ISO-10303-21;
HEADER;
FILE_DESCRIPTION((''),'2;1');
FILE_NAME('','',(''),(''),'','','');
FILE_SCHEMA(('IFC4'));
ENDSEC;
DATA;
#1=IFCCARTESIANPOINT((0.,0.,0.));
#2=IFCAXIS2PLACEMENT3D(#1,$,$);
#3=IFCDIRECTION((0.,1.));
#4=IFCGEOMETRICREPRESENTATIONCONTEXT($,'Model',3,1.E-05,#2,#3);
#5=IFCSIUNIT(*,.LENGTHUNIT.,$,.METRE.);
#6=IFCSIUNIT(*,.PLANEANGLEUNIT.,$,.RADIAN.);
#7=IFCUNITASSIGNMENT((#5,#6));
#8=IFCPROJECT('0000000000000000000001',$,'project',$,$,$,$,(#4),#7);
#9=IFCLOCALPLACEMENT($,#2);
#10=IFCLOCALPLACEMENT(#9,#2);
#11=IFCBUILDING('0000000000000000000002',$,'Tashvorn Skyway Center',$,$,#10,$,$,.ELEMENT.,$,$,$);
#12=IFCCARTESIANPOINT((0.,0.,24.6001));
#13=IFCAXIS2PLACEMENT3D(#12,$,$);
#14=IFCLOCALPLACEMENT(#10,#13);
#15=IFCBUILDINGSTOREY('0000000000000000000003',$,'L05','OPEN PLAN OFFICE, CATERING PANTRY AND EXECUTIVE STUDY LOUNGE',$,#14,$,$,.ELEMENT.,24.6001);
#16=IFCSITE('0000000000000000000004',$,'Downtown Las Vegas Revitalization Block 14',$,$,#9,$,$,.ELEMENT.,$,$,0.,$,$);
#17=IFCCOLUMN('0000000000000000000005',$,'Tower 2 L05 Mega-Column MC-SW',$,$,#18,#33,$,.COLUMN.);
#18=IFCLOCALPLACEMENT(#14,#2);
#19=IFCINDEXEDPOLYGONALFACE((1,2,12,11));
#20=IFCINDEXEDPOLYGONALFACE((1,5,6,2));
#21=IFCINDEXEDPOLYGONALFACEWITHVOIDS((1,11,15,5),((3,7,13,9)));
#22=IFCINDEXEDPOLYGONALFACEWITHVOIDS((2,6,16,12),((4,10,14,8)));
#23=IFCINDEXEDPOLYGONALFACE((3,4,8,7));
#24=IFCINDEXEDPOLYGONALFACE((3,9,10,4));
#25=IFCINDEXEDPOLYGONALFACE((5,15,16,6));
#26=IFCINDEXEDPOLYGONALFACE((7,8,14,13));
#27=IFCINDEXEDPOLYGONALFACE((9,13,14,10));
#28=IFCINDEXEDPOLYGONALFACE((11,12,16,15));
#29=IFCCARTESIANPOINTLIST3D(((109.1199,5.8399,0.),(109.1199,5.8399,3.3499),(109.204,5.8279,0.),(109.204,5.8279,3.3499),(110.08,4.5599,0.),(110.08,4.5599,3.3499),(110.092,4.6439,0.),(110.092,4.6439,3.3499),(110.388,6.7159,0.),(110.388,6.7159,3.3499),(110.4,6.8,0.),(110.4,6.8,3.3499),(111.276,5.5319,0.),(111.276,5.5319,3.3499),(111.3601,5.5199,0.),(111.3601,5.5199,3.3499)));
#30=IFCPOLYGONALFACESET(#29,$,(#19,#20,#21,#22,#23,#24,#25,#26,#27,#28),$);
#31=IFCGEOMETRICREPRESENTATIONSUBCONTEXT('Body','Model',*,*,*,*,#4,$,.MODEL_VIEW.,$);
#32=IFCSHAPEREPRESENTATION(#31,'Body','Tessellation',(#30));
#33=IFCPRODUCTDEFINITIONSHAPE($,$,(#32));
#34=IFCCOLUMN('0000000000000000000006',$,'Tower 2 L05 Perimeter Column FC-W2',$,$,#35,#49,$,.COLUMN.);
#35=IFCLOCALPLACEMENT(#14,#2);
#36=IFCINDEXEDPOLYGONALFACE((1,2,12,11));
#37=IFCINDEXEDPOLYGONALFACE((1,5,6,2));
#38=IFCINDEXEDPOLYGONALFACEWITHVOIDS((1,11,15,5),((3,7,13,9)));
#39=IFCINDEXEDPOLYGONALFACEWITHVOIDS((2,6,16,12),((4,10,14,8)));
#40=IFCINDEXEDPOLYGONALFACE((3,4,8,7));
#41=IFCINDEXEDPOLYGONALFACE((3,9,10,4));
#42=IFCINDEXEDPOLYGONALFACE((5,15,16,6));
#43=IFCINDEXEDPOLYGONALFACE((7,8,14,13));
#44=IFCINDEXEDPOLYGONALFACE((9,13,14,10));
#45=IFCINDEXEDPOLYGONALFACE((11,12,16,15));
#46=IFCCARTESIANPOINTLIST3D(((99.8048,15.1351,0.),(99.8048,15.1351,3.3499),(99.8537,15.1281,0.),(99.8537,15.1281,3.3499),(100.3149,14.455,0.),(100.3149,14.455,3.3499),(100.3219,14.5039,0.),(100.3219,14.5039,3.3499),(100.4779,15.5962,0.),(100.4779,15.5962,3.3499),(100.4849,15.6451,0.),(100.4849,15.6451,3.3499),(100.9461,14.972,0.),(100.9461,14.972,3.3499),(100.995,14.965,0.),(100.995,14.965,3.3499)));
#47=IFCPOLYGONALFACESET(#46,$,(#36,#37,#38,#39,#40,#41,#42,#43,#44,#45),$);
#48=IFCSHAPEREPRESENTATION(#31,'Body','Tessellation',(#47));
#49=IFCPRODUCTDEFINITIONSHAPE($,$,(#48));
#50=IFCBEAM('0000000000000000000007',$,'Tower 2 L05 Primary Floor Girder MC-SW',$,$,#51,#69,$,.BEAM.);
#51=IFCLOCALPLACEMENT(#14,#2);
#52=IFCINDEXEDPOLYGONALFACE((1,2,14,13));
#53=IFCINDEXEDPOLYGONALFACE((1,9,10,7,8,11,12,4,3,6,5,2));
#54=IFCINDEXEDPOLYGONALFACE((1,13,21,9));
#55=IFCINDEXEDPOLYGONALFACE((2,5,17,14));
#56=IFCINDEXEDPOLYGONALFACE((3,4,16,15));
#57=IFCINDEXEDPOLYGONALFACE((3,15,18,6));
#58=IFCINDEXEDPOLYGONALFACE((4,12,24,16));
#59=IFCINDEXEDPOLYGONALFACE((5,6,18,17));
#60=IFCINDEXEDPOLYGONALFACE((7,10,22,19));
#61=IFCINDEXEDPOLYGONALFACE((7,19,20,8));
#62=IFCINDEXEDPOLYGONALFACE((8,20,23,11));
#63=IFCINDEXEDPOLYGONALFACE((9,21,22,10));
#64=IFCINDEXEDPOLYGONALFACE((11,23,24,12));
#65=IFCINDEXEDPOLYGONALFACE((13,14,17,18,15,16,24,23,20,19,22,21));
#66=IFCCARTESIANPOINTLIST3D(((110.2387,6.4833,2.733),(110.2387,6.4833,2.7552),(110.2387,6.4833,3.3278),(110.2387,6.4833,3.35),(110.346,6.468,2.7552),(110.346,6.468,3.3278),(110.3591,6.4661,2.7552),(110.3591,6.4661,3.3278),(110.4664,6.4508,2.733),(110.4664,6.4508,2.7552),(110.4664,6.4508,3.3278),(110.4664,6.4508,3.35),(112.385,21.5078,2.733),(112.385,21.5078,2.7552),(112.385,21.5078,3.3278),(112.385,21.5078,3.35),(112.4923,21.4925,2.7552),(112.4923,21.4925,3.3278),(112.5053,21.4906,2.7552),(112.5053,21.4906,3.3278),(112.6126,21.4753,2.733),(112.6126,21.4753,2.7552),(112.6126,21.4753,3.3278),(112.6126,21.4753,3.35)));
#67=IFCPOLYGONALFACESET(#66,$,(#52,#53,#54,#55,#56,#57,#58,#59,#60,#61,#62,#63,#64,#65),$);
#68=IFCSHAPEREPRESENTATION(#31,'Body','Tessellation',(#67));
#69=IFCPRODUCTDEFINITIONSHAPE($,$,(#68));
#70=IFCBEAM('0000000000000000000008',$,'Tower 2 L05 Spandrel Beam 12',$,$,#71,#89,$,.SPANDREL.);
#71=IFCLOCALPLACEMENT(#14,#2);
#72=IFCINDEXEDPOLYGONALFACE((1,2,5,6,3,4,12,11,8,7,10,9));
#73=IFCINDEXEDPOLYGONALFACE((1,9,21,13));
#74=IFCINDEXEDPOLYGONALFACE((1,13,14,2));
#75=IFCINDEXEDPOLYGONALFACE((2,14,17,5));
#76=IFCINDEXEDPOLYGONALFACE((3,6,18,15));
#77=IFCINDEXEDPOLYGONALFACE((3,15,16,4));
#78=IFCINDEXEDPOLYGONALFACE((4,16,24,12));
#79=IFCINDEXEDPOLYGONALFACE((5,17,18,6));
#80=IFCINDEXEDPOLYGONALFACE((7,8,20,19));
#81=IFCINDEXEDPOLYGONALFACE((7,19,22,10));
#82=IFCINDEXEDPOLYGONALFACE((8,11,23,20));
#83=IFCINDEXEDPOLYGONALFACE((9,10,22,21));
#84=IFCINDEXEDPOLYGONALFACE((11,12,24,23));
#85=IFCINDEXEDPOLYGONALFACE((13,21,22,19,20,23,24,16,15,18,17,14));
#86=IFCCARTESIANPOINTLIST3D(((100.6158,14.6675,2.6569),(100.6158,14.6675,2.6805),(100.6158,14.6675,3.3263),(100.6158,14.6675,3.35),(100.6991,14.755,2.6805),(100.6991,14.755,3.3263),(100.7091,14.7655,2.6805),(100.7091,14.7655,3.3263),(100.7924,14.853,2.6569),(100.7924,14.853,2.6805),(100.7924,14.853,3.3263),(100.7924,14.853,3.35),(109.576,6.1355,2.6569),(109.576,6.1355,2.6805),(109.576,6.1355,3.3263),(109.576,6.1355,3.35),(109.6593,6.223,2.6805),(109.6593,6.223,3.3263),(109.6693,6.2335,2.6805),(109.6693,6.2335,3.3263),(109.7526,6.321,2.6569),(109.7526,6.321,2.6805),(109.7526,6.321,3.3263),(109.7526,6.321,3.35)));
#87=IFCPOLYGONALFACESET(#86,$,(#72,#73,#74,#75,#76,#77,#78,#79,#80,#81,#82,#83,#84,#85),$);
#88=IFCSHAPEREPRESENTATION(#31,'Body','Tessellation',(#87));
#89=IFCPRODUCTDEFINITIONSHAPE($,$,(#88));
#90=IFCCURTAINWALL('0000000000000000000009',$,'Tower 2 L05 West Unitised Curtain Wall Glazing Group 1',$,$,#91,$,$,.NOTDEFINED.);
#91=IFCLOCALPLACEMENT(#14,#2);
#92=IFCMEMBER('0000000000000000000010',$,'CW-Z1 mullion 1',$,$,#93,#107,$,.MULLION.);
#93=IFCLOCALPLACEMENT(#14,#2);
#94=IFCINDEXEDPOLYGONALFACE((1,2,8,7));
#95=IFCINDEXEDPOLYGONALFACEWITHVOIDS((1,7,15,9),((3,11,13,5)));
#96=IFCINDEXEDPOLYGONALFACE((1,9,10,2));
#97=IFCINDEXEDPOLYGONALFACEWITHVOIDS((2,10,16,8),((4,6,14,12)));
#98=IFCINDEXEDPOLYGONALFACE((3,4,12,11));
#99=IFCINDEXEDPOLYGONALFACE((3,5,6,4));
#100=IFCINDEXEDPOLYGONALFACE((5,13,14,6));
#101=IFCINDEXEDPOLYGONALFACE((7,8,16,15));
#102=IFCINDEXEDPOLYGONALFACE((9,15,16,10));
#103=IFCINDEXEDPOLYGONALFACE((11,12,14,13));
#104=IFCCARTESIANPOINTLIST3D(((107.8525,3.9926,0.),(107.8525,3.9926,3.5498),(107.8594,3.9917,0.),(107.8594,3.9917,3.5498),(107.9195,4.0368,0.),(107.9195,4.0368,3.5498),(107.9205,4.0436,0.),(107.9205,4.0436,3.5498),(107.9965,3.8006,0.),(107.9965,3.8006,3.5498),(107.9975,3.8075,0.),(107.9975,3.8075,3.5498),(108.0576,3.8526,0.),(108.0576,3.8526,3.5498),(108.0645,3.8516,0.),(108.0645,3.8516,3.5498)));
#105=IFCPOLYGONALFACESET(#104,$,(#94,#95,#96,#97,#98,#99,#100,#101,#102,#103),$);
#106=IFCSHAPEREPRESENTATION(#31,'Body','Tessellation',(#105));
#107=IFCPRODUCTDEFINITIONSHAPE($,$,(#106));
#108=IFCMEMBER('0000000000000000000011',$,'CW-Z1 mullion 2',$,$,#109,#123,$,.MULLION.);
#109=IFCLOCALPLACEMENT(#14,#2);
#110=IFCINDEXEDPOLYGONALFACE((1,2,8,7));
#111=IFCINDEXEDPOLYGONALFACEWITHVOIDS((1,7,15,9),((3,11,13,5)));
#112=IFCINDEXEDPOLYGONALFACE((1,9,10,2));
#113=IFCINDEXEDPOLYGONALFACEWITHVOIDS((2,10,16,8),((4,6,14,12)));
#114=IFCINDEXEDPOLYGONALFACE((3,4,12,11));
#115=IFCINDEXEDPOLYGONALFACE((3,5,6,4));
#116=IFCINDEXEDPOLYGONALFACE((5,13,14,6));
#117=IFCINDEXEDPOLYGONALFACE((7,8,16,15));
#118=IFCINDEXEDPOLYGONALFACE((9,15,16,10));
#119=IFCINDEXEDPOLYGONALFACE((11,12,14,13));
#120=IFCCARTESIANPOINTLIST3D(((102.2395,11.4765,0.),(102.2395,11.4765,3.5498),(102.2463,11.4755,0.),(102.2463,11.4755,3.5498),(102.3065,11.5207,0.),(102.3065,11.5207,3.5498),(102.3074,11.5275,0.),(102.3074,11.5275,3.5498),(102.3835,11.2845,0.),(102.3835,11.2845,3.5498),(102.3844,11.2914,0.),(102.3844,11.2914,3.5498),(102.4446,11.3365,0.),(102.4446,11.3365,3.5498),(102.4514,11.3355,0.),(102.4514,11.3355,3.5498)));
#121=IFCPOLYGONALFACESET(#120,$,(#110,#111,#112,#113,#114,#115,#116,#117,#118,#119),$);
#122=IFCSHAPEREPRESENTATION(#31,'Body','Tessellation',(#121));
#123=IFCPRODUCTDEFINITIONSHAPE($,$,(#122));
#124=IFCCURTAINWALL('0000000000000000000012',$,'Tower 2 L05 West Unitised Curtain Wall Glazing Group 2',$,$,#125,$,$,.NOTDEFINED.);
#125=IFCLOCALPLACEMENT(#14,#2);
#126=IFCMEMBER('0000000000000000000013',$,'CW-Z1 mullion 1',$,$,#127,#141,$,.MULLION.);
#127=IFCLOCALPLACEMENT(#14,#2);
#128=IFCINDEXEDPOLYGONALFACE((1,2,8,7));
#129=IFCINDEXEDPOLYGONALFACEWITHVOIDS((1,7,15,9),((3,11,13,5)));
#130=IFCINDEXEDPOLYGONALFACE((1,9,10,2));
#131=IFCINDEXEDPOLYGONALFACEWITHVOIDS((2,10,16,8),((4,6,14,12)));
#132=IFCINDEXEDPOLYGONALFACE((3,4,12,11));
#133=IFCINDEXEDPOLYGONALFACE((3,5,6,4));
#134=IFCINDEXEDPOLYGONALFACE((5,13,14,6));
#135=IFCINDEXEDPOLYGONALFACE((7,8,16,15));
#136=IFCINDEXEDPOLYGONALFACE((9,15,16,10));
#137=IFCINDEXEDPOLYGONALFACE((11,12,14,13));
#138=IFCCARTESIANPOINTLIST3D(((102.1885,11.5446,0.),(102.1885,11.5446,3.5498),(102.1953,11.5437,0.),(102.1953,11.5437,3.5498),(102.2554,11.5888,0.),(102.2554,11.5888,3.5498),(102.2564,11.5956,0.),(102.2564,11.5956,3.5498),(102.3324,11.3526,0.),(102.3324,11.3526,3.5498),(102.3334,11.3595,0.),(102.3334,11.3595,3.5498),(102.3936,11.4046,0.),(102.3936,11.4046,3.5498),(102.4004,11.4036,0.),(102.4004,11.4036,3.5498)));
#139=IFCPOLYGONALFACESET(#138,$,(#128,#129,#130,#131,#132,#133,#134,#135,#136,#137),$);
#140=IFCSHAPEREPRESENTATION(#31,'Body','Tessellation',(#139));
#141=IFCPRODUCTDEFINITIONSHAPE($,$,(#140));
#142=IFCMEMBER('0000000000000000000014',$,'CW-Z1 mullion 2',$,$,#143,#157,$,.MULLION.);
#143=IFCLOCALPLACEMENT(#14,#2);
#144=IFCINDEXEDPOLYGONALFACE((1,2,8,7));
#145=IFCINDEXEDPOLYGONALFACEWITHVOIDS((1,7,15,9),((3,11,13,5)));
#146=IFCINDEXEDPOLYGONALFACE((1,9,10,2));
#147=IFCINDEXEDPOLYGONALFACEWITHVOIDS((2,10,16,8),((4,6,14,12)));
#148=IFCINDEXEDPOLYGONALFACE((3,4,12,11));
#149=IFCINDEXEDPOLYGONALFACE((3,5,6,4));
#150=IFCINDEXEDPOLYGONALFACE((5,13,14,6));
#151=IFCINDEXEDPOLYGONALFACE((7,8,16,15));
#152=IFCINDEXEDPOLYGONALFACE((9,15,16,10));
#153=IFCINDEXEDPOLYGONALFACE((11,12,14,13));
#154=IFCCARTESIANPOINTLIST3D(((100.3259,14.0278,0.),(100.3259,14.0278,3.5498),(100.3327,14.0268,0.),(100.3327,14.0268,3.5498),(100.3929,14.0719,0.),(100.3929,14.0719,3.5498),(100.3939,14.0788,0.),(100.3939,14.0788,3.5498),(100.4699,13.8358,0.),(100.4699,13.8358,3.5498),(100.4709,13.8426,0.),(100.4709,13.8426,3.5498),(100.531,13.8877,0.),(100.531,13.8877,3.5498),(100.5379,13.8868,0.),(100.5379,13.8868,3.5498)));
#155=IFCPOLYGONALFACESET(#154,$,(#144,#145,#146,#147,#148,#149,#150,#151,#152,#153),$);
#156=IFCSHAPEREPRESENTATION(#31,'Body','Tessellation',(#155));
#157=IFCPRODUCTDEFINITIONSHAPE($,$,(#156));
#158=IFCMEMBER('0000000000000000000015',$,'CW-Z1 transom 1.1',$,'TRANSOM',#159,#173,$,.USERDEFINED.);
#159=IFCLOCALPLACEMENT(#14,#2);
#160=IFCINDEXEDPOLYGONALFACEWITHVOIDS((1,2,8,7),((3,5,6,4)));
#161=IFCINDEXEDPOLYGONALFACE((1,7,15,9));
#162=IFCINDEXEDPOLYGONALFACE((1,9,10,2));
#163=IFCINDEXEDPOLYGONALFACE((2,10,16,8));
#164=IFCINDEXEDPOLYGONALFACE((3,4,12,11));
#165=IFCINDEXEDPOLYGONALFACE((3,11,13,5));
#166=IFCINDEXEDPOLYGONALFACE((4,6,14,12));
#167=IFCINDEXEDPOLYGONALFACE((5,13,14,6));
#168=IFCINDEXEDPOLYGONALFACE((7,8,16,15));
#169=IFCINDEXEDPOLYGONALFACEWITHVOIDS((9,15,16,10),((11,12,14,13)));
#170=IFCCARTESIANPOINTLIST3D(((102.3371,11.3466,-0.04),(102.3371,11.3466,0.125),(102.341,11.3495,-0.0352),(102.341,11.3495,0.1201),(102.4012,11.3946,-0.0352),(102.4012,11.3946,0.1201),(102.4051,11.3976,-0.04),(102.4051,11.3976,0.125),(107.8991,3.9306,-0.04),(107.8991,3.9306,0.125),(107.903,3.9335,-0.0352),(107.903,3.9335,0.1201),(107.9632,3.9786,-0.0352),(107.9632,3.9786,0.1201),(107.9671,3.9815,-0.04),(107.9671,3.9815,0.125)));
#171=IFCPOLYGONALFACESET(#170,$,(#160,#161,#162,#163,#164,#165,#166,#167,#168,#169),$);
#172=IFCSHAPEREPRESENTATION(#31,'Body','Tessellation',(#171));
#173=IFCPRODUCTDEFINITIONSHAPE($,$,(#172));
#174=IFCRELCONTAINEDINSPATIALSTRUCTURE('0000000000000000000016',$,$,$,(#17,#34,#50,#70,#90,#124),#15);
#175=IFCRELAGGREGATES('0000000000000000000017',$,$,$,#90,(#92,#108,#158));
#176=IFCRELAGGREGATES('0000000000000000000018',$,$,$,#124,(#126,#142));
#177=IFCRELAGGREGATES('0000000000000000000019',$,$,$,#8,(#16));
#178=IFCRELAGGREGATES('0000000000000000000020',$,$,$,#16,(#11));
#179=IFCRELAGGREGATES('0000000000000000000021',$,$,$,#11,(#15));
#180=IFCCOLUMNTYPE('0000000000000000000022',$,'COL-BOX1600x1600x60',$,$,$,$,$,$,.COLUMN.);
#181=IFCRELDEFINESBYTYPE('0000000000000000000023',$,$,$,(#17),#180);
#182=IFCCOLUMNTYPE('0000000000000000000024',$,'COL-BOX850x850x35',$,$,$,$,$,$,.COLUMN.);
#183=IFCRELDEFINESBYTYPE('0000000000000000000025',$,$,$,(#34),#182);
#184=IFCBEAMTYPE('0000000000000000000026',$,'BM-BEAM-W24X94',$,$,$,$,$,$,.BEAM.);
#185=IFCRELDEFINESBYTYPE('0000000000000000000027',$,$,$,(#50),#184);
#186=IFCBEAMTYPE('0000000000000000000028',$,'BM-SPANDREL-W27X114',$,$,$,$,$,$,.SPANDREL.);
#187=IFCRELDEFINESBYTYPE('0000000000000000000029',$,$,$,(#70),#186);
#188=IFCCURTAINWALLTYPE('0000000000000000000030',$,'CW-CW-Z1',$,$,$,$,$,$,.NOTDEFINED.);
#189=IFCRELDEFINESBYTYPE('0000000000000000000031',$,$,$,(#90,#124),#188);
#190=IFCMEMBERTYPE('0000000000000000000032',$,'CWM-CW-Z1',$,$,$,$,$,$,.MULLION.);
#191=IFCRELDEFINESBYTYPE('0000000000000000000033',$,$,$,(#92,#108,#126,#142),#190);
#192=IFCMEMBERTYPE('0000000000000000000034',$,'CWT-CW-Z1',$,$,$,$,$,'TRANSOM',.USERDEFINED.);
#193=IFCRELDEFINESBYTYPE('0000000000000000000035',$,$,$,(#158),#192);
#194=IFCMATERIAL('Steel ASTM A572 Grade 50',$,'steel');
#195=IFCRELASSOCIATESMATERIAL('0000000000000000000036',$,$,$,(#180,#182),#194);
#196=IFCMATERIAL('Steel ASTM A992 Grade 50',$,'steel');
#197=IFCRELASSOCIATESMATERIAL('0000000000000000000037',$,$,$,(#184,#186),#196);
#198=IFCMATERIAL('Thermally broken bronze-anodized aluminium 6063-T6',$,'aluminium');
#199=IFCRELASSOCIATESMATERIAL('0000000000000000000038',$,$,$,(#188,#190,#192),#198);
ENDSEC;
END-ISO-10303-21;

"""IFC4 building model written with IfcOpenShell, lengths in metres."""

from ifc_helpers import new_model, si_unit, direction, frame, origin, origin_2d, place, context, subcontext, project, spatial, hollow_rectangle, i_section, extrude, material, material_profile, profile_set, type_object, element, aggregate, save


model = new_model("IFC4")

# Units and contexts
model_context = context("Model", 3, precision=1e-05, world=origin(), true_north=direction((0.0, 1.0)))
body_context = subcontext(model_context, "Body", "Model", "MODEL_VIEW")
ifc_project = project(units=[si_unit("LENGTHUNIT", "METRE"), si_unit("PLANEANGLEUNIT", "RADIAN")], contexts=[model_context])

# Site, building, storey
site_placement = place(None, origin())
site = spatial("IfcSite", under=ifc_project, at=site_placement, Name="Downtown Las Vegas Revitalization Block 14", CompositionType="ELEMENT", RefElevation=0.0)
building_placement = place(site_placement, origin())
building = spatial("IfcBuilding", under=site, at=building_placement, Name="Tashvorn Skyway Center", CompositionType="ELEMENT")
storey_placement = place(building_placement, frame((0.0, 0.0, 24.6001)))
storey = spatial("IfcBuildingStorey", under=building, at=storey_placement, Name="L05", Description="OPEN PLAN OFFICE, CATERING PANTRY AND EXECUTIVE STUDY LOUNGE", CompositionType="ELEMENT", Elevation=24.6001)

# Columns
ifc_material_1 = material(Name="Steel ASTM A572 Grade 50", Category="steel")
ifc_material_profile_1 = material_profile(ifc_material_1, hollow_rectangle(XDim=1.6001, YDim=1.6001, WallThickness=0.0601, at=origin_2d()), Name="BOX1600x1600x60")
ifc_profile_set_1 = profile_set([ifc_material_profile_1], Name="Steel ASTM A572 Grade 50")
column_type_1 = type_object("IfcColumnType", Name="COL-BOX1600x1600x60", PredefinedType="COLUMN", material=ifc_profile_set_1)
column_1_placement = place(storey_placement, frame((110.24, 5.6799, 0.0), z_axis=(0.0, 0.0, 1.0), x_axis=(0.8, 0.6, 0.0)))
element("IfcColumn", 1, at=column_1_placement, inside=storey, type_object=column_type_1, Name="Tower 2 L05 Mega-Column MC-SW", PredefinedType="COLUMN", context=body_context, shape_type="SweptSolid", body=[
    extrude(hollow_rectangle(XDim=1.6001, YDim=1.6001, WallThickness=0.0601, at=origin_2d()), origin(), (0.0, 0.0, 1.0), 3.3499),
])
ifc_material_profile_2 = material_profile(ifc_material_1, hollow_rectangle(XDim=0.8501, YDim=0.8501, WallThickness=0.0349, at=origin_2d()), Name="BOX850x850x35")
ifc_profile_set_2 = profile_set([ifc_material_profile_2], Name="Steel ASTM A572 Grade 50")
column_type_2 = type_object("IfcColumnType", Name="COL-BOX850x850x35", PredefinedType="COLUMN", material=ifc_profile_set_2)
column_2_placement = place(storey_placement, frame((100.3999, 15.05, 0.0), z_axis=(0.0, 0.0, 1.0), x_axis=(0.8, 0.6, 0.0)))
element("IfcColumn", 2, at=column_2_placement, inside=storey, type_object=column_type_2, Name="Tower 2 L05 Perimeter Column FC-W2", PredefinedType="COLUMN", context=body_context, shape_type="SweptSolid", body=[
    extrude(hollow_rectangle(XDim=0.8501, YDim=0.8501, WallThickness=0.0349, at=origin_2d()), origin(), (0.0, 0.0, 1.0), 3.3499),
])

# Beams
ifc_material_2 = material(Name="Steel ASTM A992 Grade 50", Category="steel")
ifc_material_profile_3 = material_profile(ifc_material_2, i_section(OverallWidth=0.23, OverallDepth=0.6169, WebThickness=0.0132, FlangeThickness=0.0222, at=origin_2d()), Name="W24X94")
ifc_profile_set_3 = profile_set([ifc_material_profile_3], Name="Steel ASTM A992 Grade 50")
beam_type_1 = type_object("IfcBeamType", Name="BM-BEAM-W24X94", PredefinedType="BEAM", material=ifc_profile_set_3)
beam_1_placement = place(storey_placement, frame((110.3525, 6.467, 3.0415), z_axis=(0.141415, 0.98995, 0.0), x_axis=(-0.98995, 0.141415, 0.0)))
element("IfcBeam", 3, at=beam_1_placement, inside=storey, type_object=beam_type_1, Name="Tower 2 L05 Primary Floor Girder MC-SW", PredefinedType="BEAM", context=body_context, shape_type="SweptSolid", body=[
    extrude(i_section(OverallWidth=0.23, OverallDepth=0.6169, WebThickness=0.0132, FlangeThickness=0.0222, at=origin_2d()), origin(), (0.0, 0.0, 1.0), 15.177),
])
ifc_material_profile_4 = material_profile(ifc_material_2, i_section(OverallWidth=0.2561, OverallDepth=0.6931, WebThickness=0.0144, FlangeThickness=0.0237, at=origin_2d()), Name="W27X114")
ifc_profile_set_4 = profile_set([ifc_material_profile_4], Name="Steel ASTM A992 Grade 50")
beam_type_2 = type_object("IfcBeamType", Name="BM-SPANDREL-W27X114", PredefinedType="SPANDREL", material=ifc_profile_set_4)
beam_2_placement = place(storey_placement, frame((100.7041, 14.7603, 3.0034), z_axis=(0.7242, -0.68959, 0.0), x_axis=(0.68959, 0.7242, 0.0)))
element("IfcBeam", 4, at=beam_2_placement, inside=storey, type_object=beam_type_2, Name="Tower 2 L05 Spandrel Beam 12", PredefinedType="SPANDREL", context=body_context, shape_type="SweptSolid", body=[
    extrude(i_section(OverallWidth=0.2561, OverallDepth=0.6931, WebThickness=0.0144, FlangeThickness=0.0237, at=origin_2d()), origin(), (0.0, 0.0, 1.0), 12.3726),
])

# Curtain walls, members
ifc_material_3 = material(Name="Thermally broken bronze-anodized aluminium 6063-T6", Category="aluminium")
curtain_wall_type = type_object("IfcCurtainWallType", Name="CW-CW-Z1", PredefinedType="NOTDEFINED", material=ifc_material_3)
curtain_wall_1_placement = place(storey_placement, origin())
curtain_wall_1 = element("IfcCurtainWall", 5, at=curtain_wall_1_placement, inside=storey, type_object=curtain_wall_type, Name="Tower 2 L05 West Unitised Curtain Wall Glazing Group 1", PredefinedType="NOTDEFINED")
ifc_material_profile_5 = material_profile(ifc_material_3, hollow_rectangle(XDim=0.085, YDim=0.24, WallThickness=0.0049, at=origin_2d()), Name="ALU-MULL-85x240")
ifc_profile_set_5 = profile_set([ifc_material_profile_5], Name="Thermally broken bronze-anodized aluminium 6063-T6")
member_type_1 = type_object("IfcMemberType", Name="CWM-CW-Z1", PredefinedType="MULLION", material=ifc_profile_set_5)
member_1_placement = place(storey_placement, frame((107.9585, 3.9221, 0.0), z_axis=(0.0, 0.0, 1.0), x_axis=(-0.8, -0.6, 0.0)))
member_1 = element("IfcMember", 6, at=member_1_placement, type_object=member_type_1, Name="CW-Z1 mullion 1", PredefinedType="MULLION", context=body_context, shape_type="SweptSolid", body=[
    extrude(hollow_rectangle(XDim=0.085, YDim=0.24, WallThickness=0.0049, at=origin_2d()), origin(), (0.0, 0.0, 1.0), 3.5498),
])
member_2_placement = place(storey_placement, frame((102.3455, 11.406, 0.0), z_axis=(0.0, 0.0, 1.0), x_axis=(-0.8, -0.6, 0.0)))
member_2 = element("IfcMember", 7, at=member_2_placement, type_object=member_type_1, Name="CW-Z1 mullion 2", PredefinedType="MULLION", context=body_context, shape_type="SweptSolid", body=[
    extrude(hollow_rectangle(XDim=0.085, YDim=0.24, WallThickness=0.0049, at=origin_2d()), origin(), (0.0, 0.0, 1.0), 3.5498),
])
curtain_wall_2_placement = place(storey_placement, origin())
curtain_wall_2 = element("IfcCurtainWall", 8, at=curtain_wall_2_placement, inside=storey, type_object=curtain_wall_type, Name="Tower 2 L05 West Unitised Curtain Wall Glazing Group 2", PredefinedType="NOTDEFINED")
member_3_placement = place(storey_placement, frame((102.2944, 11.4741, 0.0), z_axis=(0.0, 0.0, 1.0), x_axis=(-0.800002, -0.599997, 0.0)))
member_3 = element("IfcMember", 9, at=member_3_placement, type_object=member_type_1, Name="CW-Z1 mullion 1", PredefinedType="MULLION", context=body_context, shape_type="SweptSolid", body=[
    extrude(hollow_rectangle(XDim=0.085, YDim=0.24, WallThickness=0.0049, at=origin_2d()), origin(), (0.0, 0.0, 1.0), 3.5498),
])
member_4_placement = place(storey_placement, frame((100.4319, 13.9573, 0.0), z_axis=(0.0, 0.0, 1.0), x_axis=(-0.800002, -0.599997, 0.0)))
member_4 = element("IfcMember", 10, at=member_4_placement, type_object=member_type_1, Name="CW-Z1 mullion 2", PredefinedType="MULLION", context=body_context, shape_type="SweptSolid", body=[
    extrude(hollow_rectangle(XDim=0.085, YDim=0.24, WallThickness=0.0049, at=origin_2d()), origin(), (0.0, 0.0, 1.0), 3.5498),
])

# Member
ifc_material_profile_6 = material_profile(ifc_material_3, hollow_rectangle(XDim=0.085, YDim=0.165, WallThickness=0.0049, at=origin_2d()), Name="ALU-TRAN-85x165")
ifc_profile_set_6 = profile_set([ifc_material_profile_6], Name="Thermally broken bronze-anodized aluminium 6063-T6")
member_type_2 = type_object("IfcMemberType", Name="CWT-CW-Z1", ElementType="TRANSOM", PredefinedType="USERDEFINED", material=ifc_profile_set_6)
member_5_placement = place(storey_placement, frame((107.9331, 3.9561, 0.0425), z_axis=(-0.6, 0.8, 0.0), x_axis=(-0.8, -0.6, 0.0)))
member_5 = element("IfcMember", 11, at=member_5_placement, type_object=member_type_2, Name="CW-Z1 transom 1.1", ObjectType="TRANSOM", PredefinedType="USERDEFINED", context=body_context, shape_type="SweptSolid", body=[
    extrude(hollow_rectangle(XDim=0.085, YDim=0.165, WallThickness=0.0049, at=origin_2d()), origin(), (0.0, 0.0, 1.0), 9.27),
])

aggregate(curtain_wall_1, [member_1, member_2, member_5])
aggregate(curtain_wall_2, [member_3, member_4])

save(model, "model.ifc")
